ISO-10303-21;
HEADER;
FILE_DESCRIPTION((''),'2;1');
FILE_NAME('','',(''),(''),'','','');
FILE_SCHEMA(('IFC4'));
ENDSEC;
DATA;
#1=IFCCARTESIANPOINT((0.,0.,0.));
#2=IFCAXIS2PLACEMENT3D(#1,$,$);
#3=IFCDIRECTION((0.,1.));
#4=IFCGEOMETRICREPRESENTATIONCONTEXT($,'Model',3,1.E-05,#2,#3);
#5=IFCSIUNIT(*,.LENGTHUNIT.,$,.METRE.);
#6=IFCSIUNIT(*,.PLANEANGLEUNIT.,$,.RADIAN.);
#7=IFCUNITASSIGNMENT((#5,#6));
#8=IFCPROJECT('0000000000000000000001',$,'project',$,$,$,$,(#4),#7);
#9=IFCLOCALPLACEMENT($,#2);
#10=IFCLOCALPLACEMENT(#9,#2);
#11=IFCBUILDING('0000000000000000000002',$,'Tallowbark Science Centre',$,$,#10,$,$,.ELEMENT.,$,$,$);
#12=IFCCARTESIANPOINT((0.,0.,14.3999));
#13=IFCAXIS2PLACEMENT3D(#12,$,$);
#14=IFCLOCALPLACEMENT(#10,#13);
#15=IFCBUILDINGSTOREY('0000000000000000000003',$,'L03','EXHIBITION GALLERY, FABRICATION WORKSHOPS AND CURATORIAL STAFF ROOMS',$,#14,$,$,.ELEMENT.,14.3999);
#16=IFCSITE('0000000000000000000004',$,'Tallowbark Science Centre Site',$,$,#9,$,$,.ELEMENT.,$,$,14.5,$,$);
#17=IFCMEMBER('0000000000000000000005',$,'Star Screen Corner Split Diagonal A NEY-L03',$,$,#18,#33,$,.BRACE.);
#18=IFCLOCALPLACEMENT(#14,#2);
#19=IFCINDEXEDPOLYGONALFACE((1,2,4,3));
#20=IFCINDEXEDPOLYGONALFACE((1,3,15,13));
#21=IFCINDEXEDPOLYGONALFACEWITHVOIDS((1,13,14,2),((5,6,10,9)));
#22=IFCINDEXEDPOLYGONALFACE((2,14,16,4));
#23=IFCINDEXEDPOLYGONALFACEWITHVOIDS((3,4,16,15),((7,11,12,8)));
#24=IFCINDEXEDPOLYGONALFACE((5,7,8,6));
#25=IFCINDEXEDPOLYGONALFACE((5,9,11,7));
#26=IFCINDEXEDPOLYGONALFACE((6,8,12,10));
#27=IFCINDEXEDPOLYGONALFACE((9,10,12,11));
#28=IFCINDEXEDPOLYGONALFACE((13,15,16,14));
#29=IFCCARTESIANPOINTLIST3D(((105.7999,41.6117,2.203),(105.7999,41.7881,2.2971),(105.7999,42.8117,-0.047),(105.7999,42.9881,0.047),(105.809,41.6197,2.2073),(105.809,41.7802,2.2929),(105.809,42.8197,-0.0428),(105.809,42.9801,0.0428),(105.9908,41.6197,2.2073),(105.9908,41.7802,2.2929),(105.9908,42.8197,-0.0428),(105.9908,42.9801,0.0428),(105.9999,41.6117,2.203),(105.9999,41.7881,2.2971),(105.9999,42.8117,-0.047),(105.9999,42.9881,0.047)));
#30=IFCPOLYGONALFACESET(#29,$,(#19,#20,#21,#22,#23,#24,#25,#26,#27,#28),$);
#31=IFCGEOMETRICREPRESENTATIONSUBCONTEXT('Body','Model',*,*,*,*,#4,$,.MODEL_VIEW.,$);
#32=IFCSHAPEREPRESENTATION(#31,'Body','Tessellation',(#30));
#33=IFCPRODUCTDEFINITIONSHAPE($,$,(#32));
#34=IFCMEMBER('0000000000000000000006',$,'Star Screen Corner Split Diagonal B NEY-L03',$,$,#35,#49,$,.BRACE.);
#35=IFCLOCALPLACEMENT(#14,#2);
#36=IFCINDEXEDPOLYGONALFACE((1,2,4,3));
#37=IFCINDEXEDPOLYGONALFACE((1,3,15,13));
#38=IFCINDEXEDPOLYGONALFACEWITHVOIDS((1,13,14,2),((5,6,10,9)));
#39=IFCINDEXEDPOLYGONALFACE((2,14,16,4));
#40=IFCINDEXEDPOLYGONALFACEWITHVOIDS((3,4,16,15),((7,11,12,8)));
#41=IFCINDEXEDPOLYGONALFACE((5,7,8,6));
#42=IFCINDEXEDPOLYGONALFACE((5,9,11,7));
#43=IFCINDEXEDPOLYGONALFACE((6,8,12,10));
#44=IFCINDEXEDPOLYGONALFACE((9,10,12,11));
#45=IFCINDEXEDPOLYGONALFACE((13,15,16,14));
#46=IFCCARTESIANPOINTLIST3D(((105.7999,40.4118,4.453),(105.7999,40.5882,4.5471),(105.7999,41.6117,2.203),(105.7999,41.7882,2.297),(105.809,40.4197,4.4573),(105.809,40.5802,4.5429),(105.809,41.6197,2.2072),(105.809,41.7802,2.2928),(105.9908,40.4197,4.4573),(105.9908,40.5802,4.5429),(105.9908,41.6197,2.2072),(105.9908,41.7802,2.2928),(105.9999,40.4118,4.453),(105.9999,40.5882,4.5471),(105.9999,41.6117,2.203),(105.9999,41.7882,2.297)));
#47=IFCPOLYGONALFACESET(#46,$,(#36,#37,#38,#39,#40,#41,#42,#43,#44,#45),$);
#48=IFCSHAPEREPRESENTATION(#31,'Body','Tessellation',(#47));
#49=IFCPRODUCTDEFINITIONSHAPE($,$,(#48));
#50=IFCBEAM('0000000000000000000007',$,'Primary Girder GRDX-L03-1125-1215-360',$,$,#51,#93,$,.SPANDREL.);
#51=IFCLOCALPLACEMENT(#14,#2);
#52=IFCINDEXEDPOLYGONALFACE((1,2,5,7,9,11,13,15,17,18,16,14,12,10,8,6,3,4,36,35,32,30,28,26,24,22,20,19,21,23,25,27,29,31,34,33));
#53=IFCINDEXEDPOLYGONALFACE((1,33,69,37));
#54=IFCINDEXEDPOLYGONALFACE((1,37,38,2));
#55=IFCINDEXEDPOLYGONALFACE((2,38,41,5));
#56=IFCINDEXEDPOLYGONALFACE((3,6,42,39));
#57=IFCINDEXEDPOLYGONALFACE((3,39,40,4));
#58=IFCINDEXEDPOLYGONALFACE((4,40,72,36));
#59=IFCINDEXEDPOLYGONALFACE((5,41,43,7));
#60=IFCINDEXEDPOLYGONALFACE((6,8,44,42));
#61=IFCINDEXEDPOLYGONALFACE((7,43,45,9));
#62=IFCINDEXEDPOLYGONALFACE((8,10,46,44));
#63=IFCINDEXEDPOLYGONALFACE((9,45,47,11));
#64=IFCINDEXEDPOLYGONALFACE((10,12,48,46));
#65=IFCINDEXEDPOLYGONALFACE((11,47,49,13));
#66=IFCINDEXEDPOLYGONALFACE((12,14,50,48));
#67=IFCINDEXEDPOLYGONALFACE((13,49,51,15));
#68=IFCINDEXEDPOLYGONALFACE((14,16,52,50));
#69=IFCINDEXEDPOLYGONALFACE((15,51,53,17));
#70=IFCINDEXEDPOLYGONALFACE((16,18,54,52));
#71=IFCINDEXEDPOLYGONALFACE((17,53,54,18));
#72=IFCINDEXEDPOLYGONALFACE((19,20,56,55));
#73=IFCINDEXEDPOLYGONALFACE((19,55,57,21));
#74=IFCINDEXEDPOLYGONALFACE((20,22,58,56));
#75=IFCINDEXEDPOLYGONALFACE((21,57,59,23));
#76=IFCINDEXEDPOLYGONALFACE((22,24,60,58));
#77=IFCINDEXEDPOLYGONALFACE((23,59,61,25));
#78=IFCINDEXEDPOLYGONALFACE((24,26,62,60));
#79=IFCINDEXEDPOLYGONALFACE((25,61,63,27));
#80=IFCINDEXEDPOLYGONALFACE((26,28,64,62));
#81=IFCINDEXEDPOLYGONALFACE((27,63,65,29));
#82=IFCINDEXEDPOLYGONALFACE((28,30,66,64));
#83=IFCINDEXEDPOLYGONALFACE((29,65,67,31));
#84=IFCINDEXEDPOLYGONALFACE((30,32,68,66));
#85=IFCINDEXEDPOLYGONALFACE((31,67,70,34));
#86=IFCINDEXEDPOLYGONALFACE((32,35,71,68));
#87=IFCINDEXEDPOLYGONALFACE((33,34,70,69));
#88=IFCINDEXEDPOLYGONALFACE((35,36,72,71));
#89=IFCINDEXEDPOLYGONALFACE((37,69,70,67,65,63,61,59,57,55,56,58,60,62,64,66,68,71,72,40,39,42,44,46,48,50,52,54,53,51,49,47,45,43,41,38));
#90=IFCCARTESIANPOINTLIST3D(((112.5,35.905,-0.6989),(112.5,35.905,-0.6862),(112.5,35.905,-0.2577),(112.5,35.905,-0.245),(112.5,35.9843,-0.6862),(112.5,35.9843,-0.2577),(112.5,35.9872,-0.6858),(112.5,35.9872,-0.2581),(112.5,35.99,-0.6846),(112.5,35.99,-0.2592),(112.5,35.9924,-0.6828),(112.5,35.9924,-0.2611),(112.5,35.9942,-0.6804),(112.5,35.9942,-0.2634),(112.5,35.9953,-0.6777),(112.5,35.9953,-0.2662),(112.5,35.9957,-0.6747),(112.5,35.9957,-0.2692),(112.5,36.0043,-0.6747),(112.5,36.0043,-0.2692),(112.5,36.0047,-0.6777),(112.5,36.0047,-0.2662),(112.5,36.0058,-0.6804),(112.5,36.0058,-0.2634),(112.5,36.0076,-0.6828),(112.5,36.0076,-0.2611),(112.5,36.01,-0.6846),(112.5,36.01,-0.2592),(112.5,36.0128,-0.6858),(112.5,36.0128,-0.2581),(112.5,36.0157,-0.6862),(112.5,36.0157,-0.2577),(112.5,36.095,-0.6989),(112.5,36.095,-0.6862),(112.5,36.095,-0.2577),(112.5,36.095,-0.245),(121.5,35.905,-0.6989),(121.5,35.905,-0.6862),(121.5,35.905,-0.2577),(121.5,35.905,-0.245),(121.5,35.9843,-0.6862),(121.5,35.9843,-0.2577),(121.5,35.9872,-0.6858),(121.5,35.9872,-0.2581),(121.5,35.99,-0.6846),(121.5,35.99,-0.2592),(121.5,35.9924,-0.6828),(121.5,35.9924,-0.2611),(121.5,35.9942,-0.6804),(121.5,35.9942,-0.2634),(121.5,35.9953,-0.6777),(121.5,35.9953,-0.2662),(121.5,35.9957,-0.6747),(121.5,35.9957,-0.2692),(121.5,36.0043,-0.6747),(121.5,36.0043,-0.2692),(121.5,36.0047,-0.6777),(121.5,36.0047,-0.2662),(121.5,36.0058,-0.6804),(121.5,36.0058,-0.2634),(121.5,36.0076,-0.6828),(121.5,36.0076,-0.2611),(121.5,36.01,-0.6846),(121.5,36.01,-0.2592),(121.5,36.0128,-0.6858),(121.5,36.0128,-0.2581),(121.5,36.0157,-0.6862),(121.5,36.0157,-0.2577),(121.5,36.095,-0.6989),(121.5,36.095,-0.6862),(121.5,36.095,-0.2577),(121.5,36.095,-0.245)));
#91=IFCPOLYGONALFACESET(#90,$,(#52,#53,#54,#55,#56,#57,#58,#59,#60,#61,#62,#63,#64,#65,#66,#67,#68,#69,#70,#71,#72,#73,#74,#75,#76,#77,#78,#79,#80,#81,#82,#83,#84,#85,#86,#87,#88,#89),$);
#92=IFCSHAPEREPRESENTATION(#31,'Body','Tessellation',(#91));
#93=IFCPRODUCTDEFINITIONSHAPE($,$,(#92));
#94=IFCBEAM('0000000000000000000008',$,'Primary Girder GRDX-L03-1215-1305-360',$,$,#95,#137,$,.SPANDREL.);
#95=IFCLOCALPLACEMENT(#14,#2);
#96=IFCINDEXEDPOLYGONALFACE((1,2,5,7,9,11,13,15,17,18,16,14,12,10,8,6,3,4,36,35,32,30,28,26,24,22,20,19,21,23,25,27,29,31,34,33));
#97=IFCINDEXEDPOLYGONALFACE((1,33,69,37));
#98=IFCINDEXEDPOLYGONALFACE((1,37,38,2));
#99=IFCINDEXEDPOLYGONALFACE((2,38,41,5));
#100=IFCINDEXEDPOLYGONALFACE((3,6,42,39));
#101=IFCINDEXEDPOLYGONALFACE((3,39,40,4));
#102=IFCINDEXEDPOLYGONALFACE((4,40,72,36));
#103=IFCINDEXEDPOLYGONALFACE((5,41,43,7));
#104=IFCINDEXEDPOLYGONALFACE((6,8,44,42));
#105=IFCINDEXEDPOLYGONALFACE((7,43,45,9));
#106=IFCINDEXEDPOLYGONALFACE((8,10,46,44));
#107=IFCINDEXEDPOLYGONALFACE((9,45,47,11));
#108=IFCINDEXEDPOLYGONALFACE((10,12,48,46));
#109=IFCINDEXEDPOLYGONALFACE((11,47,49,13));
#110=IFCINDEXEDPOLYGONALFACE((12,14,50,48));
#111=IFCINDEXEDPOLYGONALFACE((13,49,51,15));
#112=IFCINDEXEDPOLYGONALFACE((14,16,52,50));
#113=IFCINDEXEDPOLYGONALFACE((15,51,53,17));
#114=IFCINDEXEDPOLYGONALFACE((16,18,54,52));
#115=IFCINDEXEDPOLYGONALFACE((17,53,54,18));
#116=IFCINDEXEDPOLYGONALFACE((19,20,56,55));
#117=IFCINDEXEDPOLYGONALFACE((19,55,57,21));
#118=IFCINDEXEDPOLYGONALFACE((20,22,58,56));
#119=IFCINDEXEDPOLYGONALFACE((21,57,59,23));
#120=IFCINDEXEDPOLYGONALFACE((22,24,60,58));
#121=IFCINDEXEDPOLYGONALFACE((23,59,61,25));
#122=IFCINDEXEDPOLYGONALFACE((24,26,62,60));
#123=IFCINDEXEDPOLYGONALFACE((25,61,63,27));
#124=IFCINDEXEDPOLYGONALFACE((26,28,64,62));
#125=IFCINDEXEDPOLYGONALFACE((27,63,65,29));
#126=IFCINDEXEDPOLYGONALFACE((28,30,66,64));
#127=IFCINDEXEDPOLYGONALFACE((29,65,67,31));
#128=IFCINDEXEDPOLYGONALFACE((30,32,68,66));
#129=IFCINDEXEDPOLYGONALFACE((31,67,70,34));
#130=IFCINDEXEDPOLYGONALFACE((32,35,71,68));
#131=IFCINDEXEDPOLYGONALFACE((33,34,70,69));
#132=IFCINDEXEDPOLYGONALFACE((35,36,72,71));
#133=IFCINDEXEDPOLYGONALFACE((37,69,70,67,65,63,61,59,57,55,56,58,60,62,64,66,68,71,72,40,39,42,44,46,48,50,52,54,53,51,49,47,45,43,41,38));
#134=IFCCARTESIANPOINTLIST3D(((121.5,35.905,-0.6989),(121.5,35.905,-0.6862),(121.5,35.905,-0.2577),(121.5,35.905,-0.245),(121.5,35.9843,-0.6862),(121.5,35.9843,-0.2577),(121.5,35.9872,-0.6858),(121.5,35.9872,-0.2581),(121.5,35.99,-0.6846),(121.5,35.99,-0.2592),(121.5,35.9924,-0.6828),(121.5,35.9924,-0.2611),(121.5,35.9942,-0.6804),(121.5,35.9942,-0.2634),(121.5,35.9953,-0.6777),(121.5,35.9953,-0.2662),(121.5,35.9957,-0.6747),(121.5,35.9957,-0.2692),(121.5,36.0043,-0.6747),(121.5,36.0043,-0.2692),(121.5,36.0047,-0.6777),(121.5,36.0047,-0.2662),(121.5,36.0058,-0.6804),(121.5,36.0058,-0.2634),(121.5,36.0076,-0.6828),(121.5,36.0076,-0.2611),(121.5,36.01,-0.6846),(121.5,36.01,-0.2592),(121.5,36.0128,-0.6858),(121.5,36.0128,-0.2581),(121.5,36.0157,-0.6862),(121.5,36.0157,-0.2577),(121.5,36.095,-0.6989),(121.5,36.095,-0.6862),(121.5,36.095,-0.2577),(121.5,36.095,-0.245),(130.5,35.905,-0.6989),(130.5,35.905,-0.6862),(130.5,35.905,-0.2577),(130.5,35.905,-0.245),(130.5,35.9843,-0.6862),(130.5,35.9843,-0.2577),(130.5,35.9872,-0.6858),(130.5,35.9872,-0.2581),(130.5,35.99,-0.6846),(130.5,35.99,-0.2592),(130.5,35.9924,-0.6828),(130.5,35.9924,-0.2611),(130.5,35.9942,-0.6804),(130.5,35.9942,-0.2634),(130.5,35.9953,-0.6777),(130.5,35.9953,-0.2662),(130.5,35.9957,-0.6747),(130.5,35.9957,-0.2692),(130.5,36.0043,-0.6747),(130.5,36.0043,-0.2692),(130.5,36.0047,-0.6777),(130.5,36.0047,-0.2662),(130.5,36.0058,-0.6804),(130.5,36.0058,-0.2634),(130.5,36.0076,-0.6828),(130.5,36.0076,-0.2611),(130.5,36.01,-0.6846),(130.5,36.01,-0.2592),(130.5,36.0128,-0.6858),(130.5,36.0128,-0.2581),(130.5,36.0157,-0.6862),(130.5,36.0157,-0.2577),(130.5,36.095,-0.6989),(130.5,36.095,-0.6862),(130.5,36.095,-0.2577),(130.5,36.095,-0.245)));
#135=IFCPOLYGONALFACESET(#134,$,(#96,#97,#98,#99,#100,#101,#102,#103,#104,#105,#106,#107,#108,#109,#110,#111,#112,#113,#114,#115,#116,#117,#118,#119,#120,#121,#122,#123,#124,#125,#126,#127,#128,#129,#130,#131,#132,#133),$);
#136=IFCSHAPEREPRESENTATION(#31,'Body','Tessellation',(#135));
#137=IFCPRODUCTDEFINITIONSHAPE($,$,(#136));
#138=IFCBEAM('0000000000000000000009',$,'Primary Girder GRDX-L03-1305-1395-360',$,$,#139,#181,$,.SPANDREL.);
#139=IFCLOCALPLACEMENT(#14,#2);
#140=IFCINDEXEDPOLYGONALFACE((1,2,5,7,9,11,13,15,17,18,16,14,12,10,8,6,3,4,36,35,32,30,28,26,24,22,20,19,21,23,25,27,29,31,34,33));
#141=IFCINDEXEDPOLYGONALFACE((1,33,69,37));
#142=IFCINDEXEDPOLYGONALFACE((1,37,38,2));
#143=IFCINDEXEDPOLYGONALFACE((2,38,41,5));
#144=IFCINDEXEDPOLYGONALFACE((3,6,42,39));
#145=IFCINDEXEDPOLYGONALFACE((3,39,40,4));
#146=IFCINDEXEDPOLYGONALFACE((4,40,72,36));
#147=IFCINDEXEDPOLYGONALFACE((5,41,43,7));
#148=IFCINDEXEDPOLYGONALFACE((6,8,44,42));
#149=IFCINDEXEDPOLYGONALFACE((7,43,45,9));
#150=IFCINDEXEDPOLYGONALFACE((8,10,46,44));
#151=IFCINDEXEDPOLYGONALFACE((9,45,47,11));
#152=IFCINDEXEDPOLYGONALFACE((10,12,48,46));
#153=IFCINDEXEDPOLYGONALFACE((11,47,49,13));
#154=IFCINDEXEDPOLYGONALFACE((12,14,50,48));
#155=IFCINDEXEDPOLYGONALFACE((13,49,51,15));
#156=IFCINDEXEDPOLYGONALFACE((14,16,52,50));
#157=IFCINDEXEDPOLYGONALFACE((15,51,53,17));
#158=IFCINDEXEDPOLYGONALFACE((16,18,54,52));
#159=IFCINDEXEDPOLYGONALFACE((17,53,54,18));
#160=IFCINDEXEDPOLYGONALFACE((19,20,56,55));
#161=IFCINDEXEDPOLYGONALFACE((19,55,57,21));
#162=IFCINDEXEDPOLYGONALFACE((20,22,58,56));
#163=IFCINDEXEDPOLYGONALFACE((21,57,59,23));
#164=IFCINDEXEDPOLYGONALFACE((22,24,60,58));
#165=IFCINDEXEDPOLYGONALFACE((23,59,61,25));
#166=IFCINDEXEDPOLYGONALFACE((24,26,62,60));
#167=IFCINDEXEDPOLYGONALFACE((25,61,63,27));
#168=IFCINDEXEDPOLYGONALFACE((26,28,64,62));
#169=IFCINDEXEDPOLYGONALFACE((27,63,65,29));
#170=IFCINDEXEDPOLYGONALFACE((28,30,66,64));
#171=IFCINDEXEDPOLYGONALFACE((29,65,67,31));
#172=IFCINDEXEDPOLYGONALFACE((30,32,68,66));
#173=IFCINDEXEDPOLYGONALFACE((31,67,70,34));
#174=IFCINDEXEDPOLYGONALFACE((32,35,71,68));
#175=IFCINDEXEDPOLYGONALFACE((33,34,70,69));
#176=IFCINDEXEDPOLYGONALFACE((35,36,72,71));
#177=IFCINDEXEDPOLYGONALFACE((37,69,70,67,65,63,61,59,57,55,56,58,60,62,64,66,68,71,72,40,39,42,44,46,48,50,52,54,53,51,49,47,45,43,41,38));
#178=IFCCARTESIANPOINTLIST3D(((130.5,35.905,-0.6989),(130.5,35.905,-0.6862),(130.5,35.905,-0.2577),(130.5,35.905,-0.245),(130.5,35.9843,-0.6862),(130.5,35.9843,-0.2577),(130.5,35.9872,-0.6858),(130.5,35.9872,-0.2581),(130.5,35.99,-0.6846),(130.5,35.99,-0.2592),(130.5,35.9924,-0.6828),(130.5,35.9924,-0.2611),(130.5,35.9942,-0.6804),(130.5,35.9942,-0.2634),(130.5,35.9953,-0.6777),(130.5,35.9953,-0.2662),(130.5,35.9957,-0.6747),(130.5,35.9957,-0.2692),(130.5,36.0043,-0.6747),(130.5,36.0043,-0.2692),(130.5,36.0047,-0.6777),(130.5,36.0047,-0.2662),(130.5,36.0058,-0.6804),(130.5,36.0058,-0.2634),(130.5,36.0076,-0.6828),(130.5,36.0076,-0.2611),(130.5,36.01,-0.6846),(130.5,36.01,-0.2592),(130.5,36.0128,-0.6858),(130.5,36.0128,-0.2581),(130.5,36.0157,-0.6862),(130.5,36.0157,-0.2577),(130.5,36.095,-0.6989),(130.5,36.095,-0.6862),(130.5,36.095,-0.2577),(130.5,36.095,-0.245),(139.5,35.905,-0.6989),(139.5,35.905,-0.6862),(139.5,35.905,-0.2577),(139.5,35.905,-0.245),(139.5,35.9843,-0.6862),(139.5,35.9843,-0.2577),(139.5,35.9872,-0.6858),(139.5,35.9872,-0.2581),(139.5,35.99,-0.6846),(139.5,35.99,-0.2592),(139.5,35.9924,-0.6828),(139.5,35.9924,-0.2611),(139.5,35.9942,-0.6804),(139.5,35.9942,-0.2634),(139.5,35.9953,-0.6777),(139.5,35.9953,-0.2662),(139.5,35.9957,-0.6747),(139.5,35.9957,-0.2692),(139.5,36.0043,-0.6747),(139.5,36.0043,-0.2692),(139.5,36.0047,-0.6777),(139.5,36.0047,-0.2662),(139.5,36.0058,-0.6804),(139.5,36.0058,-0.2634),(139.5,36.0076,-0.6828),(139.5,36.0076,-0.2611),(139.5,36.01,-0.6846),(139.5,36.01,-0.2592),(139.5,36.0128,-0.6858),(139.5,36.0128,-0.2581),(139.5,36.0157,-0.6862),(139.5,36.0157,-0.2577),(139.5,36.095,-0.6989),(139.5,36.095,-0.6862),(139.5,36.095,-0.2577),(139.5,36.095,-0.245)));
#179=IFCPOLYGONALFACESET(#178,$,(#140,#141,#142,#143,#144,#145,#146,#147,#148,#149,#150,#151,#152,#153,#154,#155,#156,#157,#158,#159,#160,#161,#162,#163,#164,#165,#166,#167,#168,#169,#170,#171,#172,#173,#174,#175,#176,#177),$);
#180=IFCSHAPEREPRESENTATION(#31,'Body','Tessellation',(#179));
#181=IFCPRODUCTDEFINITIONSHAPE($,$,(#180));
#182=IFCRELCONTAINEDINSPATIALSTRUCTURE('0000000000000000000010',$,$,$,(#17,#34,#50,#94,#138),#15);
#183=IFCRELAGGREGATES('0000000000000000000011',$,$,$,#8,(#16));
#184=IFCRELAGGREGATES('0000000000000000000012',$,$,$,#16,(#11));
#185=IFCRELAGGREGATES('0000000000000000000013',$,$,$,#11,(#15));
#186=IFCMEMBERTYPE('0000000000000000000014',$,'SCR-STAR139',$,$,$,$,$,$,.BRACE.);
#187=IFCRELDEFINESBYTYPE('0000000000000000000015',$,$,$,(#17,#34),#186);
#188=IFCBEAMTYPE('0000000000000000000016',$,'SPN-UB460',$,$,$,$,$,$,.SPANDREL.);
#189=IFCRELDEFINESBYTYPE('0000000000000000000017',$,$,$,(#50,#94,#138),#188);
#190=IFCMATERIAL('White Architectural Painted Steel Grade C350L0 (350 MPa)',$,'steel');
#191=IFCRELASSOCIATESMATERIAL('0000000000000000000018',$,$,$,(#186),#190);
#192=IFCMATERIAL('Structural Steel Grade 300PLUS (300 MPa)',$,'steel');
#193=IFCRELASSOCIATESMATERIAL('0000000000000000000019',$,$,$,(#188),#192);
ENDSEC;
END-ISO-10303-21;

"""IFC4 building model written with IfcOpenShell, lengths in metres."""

from ifc_helpers import new_model, si_unit, direction, frame, origin, origin_2d, place, context, subcontext, project, spatial, hollow_rectangle, i_section, extrude, material, material_profile, profile_set, type_object, element, save


model = new_model("IFC4")

# Units and contexts
model_context = context("Model", 3, precision=1e-05, world=origin(), true_north=direction((0.0, 1.0)))
body_context = subcontext(model_context, "Body", "Model", "MODEL_VIEW")
ifc_project = project(units=[si_unit("LENGTHUNIT", "METRE"), si_unit("PLANEANGLEUNIT", "RADIAN")], contexts=[model_context])

# Site, building, storey
site_placement = place(None, origin())
site = spatial("IfcSite", under=ifc_project, at=site_placement, Name="Tallowbark Science Centre Site", CompositionType="ELEMENT", RefElevation=14.5)
building_placement = place(site_placement, origin())
building = spatial("IfcBuilding", under=site, at=building_placement, Name="Tallowbark Science Centre", CompositionType="ELEMENT")
storey_placement = place(building_placement, frame((0.0, 0.0, 14.3999)))
storey = spatial("IfcBuildingStorey", under=building, at=storey_placement, Name="L03", Description="EXHIBITION GALLERY, FABRICATION WORKSHOPS AND CURATORIAL STAFF ROOMS", CompositionType="ELEMENT", Elevation=14.3999)

# Shared definitions
ifc_material_1 = material(Name="White Architectural Painted Steel Grade C350L0 (350 MPa)", Category="steel")

# Shared definitions
ifc_material_2 = material(Name="Structural Steel Grade 300PLUS (300 MPa)", Category="steel")

# Members
ifc_material_profile_1 = material_profile(ifc_material_1, hollow_rectangle(XDim=0.2, YDim=0.2, WallThickness=0.009, at=origin_2d()), Name="200x200x9.0SHS")
ifc_profile_set_1 = profile_set([ifc_material_profile_1], Name="White Architectural Painted Steel Grade C350L0 (350 MPa)")
member_type = type_object("IfcMemberType", Name="SCR-STAR139", PredefinedType="BRACE", material=ifc_profile_set_1)
for number, where, z_axis, x_axis, name in (
    (1, (105.8999, 42.8999, 0.0), (0.0, -0.470573, 0.882361), (1.0, 0.0, 0.0), "Star Screen Corner Split Diagonal A NEY-L03"),
    (2, (105.8999, 41.7, 2.25), (0.0, -0.470573, 0.882361), (1.0, 0.0, 0.0), "Star Screen Corner Split Diagonal B NEY-L03"),
):
    element("IfcMember", number, at=place(storey_placement, frame(where, z_axis=z_axis, x_axis=x_axis)), inside=storey, type_object=member_type, Name=name, PredefinedType="BRACE", context=body_context, shape_type="SweptSolid", body=[
        extrude(hollow_rectangle(XDim=0.2, YDim=0.2, WallThickness=0.009, at=origin_2d()), origin(), (0.0, 0.0, 1.0), 2.55),
    ])

# Beams
ifc_material_profile_2 = material_profile(ifc_material_2, i_section(OverallWidth=0.1899, OverallDepth=0.4539, WebThickness=0.0085, FlangeThickness=0.0127, FilletRadius=0.0115, at=origin_2d()), Name="460UB67.1")
ifc_profile_set_2 = profile_set([ifc_material_profile_2], Name="Structural Steel Grade 300PLUS (300 MPa)")
beam_type_1 = type_object("IfcBeamType", Name="SPN-UB460", PredefinedType="SPANDREL", material=ifc_profile_set_2)
for number, where, z_axis, x_axis, name in (
    (3, (112.5, 36.0, -0.4719), (1.0, 0.0, 0.0), (0.0, 1.0, 0.0), "Primary Girder GRDX-L03-1125-1215-360"),
    (4, (121.5, 36.0, -0.4719), (1.0, 0.0, 0.0), (0.0, 1.0, 0.0), "Primary Girder GRDX-L03-1215-1305-360"),
    (5, (130.5, 36.0, -0.4719), (1.0, 0.0, 0.0), (0.0, 1.0, 0.0), "Primary Girder GRDX-L03-1305-1395-360"),
):
    element("IfcBeam", number, at=place(storey_placement, frame(where, z_axis=z_axis, x_axis=x_axis)), inside=storey, type_object=beam_type_1, Name=name, PredefinedType="SPANDREL", context=body_context, shape_type="SweptSolid", body=[
        extrude(i_section(OverallWidth=0.1899, OverallDepth=0.4539, WebThickness=0.0085, FlangeThickness=0.0127, FilletRadius=0.0115, at=origin_2d()), origin(), (0.0, 0.0, 1.0), 9.0),
    ])

save(model, "model.ifc")
